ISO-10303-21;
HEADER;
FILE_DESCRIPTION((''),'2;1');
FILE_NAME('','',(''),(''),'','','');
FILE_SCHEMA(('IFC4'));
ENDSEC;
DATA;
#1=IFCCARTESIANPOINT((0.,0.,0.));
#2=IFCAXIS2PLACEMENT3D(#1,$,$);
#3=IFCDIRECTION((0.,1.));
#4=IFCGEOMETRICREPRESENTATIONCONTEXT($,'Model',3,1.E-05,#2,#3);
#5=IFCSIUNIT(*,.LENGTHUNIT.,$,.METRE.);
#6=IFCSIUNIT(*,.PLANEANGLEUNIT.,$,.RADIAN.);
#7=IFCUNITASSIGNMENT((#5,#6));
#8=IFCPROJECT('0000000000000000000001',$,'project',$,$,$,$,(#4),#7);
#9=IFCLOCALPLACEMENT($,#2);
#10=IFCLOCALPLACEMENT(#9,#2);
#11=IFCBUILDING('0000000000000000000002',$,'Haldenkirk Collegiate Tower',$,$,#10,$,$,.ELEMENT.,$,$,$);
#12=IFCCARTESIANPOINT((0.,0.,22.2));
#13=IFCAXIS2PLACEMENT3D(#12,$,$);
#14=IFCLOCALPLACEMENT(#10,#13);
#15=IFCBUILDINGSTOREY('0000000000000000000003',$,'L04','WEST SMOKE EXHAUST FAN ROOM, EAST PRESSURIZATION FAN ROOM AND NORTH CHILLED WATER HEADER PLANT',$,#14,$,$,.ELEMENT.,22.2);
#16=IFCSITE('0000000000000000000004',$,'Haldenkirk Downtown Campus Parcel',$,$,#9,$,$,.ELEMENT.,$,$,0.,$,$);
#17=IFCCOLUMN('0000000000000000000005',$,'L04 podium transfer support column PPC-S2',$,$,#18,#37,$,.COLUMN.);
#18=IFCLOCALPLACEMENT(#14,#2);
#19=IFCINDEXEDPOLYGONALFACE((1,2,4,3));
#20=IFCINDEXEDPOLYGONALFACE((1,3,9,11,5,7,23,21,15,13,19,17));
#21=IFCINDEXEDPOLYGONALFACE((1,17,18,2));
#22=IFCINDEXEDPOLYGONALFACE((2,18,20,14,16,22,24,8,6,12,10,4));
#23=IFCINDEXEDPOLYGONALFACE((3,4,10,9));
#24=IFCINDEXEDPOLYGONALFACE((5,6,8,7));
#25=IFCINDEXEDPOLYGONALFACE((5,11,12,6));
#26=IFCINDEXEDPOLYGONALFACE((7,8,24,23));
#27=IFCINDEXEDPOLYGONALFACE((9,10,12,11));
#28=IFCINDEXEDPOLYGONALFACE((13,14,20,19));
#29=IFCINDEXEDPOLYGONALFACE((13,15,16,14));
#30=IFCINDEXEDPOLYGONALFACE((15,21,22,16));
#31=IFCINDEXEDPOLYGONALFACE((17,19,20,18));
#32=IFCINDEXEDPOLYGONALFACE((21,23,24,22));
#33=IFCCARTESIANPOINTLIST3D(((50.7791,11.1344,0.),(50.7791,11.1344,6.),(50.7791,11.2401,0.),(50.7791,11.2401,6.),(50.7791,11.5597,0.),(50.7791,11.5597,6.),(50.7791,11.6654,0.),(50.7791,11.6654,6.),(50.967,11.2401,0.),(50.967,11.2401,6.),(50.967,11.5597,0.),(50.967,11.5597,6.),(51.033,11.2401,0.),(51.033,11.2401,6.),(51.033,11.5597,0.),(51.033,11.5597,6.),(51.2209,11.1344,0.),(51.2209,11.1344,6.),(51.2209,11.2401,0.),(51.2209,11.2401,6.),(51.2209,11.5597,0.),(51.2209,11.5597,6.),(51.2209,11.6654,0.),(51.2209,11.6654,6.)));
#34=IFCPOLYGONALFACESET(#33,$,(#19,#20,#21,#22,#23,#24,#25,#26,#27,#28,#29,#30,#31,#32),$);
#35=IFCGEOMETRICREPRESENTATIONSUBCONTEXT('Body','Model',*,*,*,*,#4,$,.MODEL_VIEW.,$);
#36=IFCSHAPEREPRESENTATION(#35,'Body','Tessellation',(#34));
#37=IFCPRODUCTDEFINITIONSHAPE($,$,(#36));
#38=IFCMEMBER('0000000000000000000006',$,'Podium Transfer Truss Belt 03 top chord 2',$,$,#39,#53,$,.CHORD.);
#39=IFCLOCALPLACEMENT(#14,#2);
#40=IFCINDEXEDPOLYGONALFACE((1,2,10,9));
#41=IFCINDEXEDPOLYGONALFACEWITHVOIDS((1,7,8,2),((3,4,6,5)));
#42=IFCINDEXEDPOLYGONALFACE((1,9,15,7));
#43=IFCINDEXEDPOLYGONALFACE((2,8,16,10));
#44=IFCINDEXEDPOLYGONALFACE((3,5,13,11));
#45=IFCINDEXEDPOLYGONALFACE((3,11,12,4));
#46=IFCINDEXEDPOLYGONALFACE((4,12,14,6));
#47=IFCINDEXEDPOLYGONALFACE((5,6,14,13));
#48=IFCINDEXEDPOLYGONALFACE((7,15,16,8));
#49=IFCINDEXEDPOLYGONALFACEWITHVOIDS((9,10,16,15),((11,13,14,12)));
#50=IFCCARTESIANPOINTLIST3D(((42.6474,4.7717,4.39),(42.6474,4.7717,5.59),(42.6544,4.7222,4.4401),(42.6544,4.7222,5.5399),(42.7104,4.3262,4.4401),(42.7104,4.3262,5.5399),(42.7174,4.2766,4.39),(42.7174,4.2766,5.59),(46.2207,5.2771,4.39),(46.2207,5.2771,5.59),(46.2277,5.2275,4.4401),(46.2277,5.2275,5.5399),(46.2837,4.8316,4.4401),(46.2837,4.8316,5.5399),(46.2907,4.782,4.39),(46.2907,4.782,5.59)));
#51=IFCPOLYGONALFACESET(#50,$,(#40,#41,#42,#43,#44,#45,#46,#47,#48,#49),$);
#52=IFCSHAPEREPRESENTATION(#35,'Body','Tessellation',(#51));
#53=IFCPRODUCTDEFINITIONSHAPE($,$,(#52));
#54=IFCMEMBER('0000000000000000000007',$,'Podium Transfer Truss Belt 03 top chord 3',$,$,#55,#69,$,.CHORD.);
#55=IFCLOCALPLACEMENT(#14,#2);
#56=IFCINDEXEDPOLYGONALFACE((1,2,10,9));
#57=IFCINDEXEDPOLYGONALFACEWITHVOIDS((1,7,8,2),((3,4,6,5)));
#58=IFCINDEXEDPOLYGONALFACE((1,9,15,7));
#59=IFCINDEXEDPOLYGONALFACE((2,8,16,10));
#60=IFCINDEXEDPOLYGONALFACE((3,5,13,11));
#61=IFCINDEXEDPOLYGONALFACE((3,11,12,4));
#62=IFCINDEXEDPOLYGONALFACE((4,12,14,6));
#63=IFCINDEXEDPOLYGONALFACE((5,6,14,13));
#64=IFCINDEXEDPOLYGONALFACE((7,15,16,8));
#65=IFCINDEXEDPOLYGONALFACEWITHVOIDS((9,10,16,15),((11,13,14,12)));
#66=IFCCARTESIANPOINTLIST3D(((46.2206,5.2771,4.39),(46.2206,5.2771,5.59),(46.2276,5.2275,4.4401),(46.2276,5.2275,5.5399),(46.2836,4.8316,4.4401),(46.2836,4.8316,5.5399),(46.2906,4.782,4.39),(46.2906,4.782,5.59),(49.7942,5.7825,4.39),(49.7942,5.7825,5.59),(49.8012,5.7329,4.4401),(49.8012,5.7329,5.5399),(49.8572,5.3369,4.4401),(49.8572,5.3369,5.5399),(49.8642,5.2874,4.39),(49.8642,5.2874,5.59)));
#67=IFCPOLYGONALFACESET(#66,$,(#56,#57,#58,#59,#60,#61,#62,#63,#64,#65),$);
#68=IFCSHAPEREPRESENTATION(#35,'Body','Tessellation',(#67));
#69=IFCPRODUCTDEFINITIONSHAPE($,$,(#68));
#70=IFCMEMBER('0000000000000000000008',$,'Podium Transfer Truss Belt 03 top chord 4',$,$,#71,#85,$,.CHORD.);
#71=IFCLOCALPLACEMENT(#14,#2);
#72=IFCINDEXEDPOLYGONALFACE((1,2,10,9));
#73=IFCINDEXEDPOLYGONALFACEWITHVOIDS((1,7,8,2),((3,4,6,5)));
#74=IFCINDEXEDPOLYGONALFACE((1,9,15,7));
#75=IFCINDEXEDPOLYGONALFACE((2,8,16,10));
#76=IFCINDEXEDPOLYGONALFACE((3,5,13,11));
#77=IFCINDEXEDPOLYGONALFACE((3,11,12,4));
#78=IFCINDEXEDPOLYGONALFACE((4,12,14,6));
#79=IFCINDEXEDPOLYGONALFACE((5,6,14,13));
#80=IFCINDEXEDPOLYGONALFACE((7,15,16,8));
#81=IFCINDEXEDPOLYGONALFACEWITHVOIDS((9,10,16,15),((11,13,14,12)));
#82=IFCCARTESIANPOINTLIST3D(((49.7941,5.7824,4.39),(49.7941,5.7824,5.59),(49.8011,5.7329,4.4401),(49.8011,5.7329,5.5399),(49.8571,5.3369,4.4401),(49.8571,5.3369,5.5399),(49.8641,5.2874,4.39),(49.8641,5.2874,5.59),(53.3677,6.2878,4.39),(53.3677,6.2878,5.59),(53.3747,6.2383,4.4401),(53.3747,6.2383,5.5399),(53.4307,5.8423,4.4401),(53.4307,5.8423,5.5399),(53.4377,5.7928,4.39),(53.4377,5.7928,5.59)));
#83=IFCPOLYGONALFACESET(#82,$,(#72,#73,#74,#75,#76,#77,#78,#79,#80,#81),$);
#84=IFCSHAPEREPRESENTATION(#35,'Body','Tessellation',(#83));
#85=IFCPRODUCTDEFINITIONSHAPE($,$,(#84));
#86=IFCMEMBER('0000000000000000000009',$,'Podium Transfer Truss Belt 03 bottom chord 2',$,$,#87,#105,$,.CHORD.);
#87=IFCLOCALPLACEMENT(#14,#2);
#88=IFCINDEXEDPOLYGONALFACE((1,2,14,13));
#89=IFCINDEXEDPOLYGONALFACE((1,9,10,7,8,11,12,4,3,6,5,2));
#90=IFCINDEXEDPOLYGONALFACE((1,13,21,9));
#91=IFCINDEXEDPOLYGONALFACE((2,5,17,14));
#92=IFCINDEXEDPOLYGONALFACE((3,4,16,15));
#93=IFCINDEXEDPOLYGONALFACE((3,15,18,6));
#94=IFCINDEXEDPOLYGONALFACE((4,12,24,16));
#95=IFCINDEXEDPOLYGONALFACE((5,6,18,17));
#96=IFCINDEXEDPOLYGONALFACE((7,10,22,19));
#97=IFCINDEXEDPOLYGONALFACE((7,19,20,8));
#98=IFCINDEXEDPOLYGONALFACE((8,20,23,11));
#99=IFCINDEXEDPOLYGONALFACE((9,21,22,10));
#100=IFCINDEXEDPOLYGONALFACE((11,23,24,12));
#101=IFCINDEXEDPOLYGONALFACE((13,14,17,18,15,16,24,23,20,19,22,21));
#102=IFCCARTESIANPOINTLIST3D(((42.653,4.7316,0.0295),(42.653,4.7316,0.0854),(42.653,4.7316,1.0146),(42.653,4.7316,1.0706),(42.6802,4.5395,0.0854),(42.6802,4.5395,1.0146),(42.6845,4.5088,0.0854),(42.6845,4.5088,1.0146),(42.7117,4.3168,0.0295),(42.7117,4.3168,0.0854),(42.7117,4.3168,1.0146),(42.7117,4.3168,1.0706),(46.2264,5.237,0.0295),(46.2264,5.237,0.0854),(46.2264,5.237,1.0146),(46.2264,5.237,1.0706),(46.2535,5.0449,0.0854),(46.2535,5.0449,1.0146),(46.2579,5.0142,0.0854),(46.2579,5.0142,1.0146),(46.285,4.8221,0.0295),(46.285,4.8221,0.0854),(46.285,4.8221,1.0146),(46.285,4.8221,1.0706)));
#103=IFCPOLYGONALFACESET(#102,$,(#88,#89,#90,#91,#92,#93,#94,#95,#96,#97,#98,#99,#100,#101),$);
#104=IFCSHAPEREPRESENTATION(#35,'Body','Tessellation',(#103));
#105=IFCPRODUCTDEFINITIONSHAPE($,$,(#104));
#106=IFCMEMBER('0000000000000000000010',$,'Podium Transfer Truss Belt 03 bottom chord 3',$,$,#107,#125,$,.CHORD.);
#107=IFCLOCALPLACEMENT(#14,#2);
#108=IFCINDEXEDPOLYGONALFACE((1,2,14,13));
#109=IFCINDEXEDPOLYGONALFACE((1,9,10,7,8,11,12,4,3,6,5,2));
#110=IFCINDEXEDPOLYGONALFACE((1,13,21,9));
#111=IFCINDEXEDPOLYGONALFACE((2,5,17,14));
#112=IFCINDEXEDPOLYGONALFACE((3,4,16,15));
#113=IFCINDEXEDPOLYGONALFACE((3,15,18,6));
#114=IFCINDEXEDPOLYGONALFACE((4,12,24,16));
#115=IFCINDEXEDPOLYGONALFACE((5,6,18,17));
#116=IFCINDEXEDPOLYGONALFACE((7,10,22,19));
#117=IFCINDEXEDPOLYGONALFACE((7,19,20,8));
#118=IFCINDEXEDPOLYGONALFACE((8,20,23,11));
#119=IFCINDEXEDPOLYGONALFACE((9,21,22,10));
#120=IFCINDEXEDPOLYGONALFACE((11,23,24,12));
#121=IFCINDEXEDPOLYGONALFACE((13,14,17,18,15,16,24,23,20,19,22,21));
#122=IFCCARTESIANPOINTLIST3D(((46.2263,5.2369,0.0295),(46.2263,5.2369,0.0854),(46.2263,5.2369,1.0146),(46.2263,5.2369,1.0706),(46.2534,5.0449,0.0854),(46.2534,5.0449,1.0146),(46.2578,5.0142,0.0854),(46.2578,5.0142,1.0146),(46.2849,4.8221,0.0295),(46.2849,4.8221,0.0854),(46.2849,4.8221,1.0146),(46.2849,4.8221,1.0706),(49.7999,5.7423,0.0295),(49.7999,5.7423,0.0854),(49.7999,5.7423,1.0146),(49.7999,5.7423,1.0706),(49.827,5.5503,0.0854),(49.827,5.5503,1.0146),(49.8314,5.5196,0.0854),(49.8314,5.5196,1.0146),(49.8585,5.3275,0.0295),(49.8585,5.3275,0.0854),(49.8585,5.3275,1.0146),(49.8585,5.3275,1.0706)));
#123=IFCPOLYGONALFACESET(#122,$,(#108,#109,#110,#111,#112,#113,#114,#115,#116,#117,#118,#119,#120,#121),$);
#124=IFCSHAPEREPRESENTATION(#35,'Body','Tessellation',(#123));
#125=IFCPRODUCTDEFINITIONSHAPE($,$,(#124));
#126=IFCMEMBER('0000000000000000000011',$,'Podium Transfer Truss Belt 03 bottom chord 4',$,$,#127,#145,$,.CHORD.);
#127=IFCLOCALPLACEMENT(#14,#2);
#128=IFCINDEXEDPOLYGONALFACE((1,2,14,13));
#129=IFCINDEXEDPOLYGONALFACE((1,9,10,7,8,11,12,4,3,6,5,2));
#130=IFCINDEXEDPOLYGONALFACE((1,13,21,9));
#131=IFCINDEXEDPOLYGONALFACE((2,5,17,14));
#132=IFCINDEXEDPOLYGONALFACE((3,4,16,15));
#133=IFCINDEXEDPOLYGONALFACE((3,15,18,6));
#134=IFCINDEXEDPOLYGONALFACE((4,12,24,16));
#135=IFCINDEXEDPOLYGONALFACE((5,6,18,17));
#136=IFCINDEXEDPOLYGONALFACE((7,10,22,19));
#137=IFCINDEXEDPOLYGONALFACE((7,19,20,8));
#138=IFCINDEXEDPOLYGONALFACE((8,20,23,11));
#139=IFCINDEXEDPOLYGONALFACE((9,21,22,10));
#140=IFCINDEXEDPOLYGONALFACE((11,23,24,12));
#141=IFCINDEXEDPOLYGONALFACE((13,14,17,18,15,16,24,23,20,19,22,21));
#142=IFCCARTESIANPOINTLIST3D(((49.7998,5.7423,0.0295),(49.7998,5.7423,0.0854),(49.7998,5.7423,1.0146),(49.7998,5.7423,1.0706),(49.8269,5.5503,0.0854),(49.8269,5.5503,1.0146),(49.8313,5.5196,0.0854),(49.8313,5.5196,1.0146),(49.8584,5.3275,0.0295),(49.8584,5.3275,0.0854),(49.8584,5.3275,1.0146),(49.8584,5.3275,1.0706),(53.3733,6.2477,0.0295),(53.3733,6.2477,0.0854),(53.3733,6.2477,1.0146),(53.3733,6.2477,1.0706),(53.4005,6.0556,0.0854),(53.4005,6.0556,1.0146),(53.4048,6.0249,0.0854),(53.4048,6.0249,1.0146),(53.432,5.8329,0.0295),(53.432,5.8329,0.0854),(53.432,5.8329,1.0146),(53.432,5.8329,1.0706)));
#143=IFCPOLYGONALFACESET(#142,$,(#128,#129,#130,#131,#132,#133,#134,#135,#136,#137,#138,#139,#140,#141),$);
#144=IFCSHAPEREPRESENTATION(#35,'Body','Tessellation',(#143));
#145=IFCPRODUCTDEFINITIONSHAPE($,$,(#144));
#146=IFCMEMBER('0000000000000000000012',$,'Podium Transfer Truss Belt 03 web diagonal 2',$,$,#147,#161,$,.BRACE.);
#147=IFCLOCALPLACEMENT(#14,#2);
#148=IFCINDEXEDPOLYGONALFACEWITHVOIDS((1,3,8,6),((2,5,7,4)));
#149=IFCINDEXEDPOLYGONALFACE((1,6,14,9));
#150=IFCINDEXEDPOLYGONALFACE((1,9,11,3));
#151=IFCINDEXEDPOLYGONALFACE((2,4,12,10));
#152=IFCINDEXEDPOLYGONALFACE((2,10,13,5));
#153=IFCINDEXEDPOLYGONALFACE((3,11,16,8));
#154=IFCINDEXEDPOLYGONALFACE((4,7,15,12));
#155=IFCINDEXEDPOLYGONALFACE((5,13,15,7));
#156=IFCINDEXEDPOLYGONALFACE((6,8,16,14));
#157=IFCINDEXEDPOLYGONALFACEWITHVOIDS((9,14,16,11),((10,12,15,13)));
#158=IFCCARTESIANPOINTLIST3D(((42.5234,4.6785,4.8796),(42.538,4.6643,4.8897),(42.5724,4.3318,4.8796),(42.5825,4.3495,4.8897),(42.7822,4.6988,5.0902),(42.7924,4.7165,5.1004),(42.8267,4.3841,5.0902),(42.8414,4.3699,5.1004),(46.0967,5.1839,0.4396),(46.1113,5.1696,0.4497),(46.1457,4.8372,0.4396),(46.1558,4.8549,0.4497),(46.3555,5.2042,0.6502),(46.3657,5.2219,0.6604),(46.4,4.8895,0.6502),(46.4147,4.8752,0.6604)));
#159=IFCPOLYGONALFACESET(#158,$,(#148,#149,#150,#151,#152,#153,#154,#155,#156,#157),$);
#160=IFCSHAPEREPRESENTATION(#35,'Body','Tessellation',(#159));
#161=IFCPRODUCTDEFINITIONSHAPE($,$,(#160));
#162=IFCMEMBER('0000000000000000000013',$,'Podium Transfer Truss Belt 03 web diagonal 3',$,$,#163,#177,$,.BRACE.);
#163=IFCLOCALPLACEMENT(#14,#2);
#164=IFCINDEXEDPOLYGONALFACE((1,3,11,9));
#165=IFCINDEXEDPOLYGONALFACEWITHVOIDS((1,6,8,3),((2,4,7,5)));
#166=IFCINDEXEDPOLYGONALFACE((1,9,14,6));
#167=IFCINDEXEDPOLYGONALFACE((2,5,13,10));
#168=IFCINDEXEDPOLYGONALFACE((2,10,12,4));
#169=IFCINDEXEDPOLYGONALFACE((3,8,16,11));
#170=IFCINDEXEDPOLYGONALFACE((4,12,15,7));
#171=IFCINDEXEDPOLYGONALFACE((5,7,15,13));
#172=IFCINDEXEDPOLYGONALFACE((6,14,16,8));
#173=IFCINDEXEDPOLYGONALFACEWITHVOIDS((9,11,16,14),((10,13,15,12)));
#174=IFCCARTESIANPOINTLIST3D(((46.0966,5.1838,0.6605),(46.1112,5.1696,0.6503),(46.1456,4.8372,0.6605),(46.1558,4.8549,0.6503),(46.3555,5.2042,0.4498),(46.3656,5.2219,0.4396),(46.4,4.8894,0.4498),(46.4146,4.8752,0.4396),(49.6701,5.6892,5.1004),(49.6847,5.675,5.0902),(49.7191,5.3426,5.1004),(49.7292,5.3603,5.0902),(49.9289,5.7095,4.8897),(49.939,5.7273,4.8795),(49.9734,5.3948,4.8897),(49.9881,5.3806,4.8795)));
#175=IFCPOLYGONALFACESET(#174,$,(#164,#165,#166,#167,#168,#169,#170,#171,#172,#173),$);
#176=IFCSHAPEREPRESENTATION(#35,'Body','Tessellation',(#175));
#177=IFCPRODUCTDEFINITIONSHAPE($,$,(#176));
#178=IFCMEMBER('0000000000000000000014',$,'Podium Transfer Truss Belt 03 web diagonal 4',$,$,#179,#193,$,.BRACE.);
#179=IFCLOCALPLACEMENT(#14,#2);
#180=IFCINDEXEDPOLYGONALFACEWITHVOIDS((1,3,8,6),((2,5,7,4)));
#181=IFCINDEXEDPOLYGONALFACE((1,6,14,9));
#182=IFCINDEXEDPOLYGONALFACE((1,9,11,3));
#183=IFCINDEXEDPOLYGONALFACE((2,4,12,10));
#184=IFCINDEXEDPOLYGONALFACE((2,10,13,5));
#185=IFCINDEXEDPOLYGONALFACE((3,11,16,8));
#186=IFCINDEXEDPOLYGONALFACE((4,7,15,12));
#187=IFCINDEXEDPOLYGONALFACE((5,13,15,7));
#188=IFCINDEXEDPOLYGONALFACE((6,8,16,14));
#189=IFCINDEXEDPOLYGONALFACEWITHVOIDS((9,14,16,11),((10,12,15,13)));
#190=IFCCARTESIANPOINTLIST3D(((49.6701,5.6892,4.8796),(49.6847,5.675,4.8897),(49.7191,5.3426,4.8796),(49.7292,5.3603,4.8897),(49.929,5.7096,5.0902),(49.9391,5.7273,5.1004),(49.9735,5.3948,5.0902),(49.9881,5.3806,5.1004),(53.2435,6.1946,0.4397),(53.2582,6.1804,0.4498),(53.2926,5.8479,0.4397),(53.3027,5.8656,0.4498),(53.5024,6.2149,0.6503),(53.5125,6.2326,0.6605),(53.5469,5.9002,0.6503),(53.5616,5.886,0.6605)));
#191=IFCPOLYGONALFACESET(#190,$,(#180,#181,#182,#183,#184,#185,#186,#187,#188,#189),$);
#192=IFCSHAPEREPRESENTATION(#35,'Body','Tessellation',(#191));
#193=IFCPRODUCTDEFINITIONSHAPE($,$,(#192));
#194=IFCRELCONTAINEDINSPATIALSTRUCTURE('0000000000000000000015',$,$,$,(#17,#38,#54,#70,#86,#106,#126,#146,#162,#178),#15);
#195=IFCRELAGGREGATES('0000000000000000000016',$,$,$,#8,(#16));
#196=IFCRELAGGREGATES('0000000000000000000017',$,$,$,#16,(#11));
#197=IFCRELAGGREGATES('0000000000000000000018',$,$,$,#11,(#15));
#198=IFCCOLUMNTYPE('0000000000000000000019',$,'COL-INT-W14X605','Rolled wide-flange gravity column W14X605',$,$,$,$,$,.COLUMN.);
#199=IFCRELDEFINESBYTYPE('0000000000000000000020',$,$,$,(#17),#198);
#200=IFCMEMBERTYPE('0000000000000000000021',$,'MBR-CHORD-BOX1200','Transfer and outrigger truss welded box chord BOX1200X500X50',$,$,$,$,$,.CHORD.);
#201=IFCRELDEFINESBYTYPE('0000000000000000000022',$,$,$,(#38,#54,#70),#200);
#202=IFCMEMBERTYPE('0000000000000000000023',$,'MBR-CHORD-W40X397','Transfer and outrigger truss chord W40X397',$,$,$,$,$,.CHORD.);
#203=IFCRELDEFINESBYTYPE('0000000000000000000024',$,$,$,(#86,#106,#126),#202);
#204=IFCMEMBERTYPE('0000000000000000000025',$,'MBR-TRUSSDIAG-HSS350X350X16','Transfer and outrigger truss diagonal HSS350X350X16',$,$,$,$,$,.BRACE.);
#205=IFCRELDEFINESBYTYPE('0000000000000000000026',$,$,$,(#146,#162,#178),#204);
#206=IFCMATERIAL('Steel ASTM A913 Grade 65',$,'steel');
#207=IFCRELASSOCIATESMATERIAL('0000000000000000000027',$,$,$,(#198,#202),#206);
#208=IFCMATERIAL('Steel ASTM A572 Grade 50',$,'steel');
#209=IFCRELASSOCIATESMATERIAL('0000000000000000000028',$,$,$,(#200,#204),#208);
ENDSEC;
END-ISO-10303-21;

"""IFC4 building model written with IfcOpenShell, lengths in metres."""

from ifc_helpers import new_model, si_unit, direction, frame, origin, origin_2d, place, context, subcontext, project, spatial, hollow_rectangle, i_section, extrude, material, material_profile, profile_set, type_object, element, save


model = new_model("IFC4")

# Units and contexts
model_context = context("Model", 3, precision=1e-05, world=origin(), true_north=direction((0.0, 1.0)))
body_context = subcontext(model_context, "Body", "Model", "MODEL_VIEW")
ifc_project = project(units=[si_unit("LENGTHUNIT", "METRE"), si_unit("PLANEANGLEUNIT", "RADIAN")], contexts=[model_context])

# Site, building, storey
site_placement = place(None, origin())
site = spatial("IfcSite", under=ifc_project, at=site_placement, Name="Haldenkirk Downtown Campus Parcel", CompositionType="ELEMENT", RefElevation=0.0)
building_placement = place(site_placement, origin())
building = spatial("IfcBuilding", under=site, at=building_placement, Name="Haldenkirk Collegiate Tower", CompositionType="ELEMENT")
storey_placement = place(building_placement, frame((0.0, 0.0, 22.2)))
storey = spatial("IfcBuildingStorey", under=building, at=storey_placement, Name="L04", Description="WEST SMOKE EXHAUST FAN ROOM, EAST PRESSURIZATION FAN ROOM AND NORTH CHILLED WATER HEADER PLANT", CompositionType="ELEMENT", Elevation=22.2)

# Column
ifc_material_1 = material(Name="Steel ASTM A913 Grade 65", Category="steel")
ifc_material_profile_1 = material_profile(ifc_material_1, i_section(OverallWidth=0.4419, OverallDepth=0.531, WebThickness=0.0659, FlangeThickness=0.1057, at=origin_2d()), Name="W14X605")
ifc_profile_set_1 = profile_set([ifc_material_profile_1], Name="Steel ASTM A913 Grade 65")
column_type = type_object("IfcColumnType", Name="COL-INT-W14X605", Description="Rolled wide-flange gravity column W14X605", PredefinedType="COLUMN", material=ifc_profile_set_1)
column_placement = place(storey_placement, frame((51.0, 11.3999, 0.0), z_axis=(0.0, 0.0, 1.0), x_axis=(1.0, 0.0, 0.0)))
element("IfcColumn", 1, at=column_placement, inside=storey, type_object=column_type, Name="L04 podium transfer support column PPC-S2", PredefinedType="COLUMN", context=body_context, shape_type="SweptSolid", body=[
    extrude(i_section(OverallWidth=0.4419, OverallDepth=0.531, WebThickness=0.0659, FlangeThickness=0.1057, at=origin_2d()), origin(), (0.0, 0.0, 1.0), 6.0),
])

# Members
ifc_material_2 = material(Name="Steel ASTM A572 Grade 50", Category="steel")
ifc_material_profile_2 = material_profile(ifc_material_2, hollow_rectangle(XDim=0.5, YDim=1.2, WallThickness=0.05, at=origin_2d()), Name="BOX1200X500X50")
ifc_profile_set_2 = profile_set([ifc_material_profile_2], Name="Steel ASTM A572 Grade 50")
member_type_1 = type_object("IfcMemberType", Name="MBR-CHORD-BOX1200", Description="Transfer and outrigger truss welded box chord BOX1200X500X50", PredefinedType="CHORD", material=ifc_profile_set_2)
member_1_placement = place(storey_placement, frame((42.6824, 4.5242, 4.99), z_axis=(0.990146, 0.140038, 0.0), x_axis=(-0.140038, 0.990146, 0.0)))
element("IfcMember", 2, at=member_1_placement, inside=storey, type_object=member_type_1, Name="Podium Transfer Truss Belt 03 top chord 2", PredefinedType="CHORD", context=body_context, shape_type="SweptSolid", body=[
    extrude(hollow_rectangle(XDim=0.5, YDim=1.2, WallThickness=0.05, at=origin_2d()), origin(), (0.0, 0.0, 1.0), 3.6089),
])
for number, where, z_axis, x_axis, name in (
    (3, (46.2556, 5.0295, 4.99), (0.990147, 0.140029, 0.0), (-0.140029, 0.990147, 0.0), "Podium Transfer Truss Belt 03 top chord 3"),
    (4, (49.8291, 5.5349, 4.99), (0.990147, 0.140029, 0.0), (-0.140029, 0.990147, 0.0), "Podium Transfer Truss Belt 03 top chord 4"),
):
    element("IfcMember", number, at=place(storey_placement, frame(where, z_axis=z_axis, x_axis=x_axis)), inside=storey, type_object=member_type_1, Name=name, PredefinedType="CHORD", context=body_context, shape_type="SweptSolid", body=[
        extrude(hollow_rectangle(XDim=0.5, YDim=1.2, WallThickness=0.05, at=origin_2d()), origin(), (0.0, 0.0, 1.0), 3.6091),
    ])
ifc_material_profile_3 = material_profile(ifc_material_1, i_section(OverallWidth=0.4189, OverallDepth=1.041, WebThickness=0.031, FlangeThickness=0.0559, at=origin_2d()), Name="W40X397")
ifc_profile_set_3 = profile_set([ifc_material_profile_3], Name="Steel ASTM A913 Grade 65")
member_type_2 = type_object("IfcMemberType", Name="MBR-CHORD-W40X397", Description="Transfer and outrigger truss chord W40X397", PredefinedType="CHORD", material=ifc_profile_set_3)
member_2_placement = place(storey_placement, frame((42.6824, 4.5242, 0.55), z_axis=(0.990146, 0.140038, 0.0), x_axis=(-0.140038, 0.990146, 0.0)))
element("IfcMember", 5, at=member_2_placement, inside=storey, type_object=member_type_2, Name="Podium Transfer Truss Belt 03 bottom chord 2", PredefinedType="CHORD", context=body_context, shape_type="SweptSolid", body=[
    extrude(i_section(OverallWidth=0.4189, OverallDepth=1.041, WebThickness=0.031, FlangeThickness=0.0559, at=origin_2d()), origin(), (0.0, 0.0, 1.0), 3.6089),
])
for number, where, z_axis, x_axis, name in (
    (6, (46.2556, 5.0295, 0.55), (0.990147, 0.140029, 0.0), (-0.140029, 0.990147, 0.0), "Podium Transfer Truss Belt 03 bottom chord 3"),
    (7, (49.8291, 5.5349, 0.55), (0.990147, 0.140029, 0.0), (-0.140029, 0.990147, 0.0), "Podium Transfer Truss Belt 03 bottom chord 4"),
):
    element("IfcMember", number, at=place(storey_placement, frame(where, z_axis=z_axis, x_axis=x_axis)), inside=storey, type_object=member_type_2, Name=name, PredefinedType="CHORD", context=body_context, shape_type="SweptSolid", body=[
        extrude(i_section(OverallWidth=0.4189, OverallDepth=1.041, WebThickness=0.031, FlangeThickness=0.0559, at=origin_2d()), origin(), (0.0, 0.0, 1.0), 3.6091),
    ])
ifc_material_profile_4 = material_profile(ifc_material_2, hollow_rectangle(XDim=0.3501, YDim=0.3501, WallThickness=0.0161, at=origin_2d()), Name="HSS350X350X16")
ifc_profile_set_4 = profile_set([ifc_material_profile_4], Name="Steel ASTM A572 Grade 50")
member_type_3 = type_object("IfcMemberType", Name="MBR-TRUSSDIAG-HSS350X350X16", Description="Transfer and outrigger truss diagonal HSS350X350X16", PredefinedType="BRACE", material=ifc_profile_set_4)
for number, where, z_axis, x_axis, name in (
    (8, (42.6824, 4.5242, 4.99), (0.62452, 0.088327, -0.775998), (-0.140038, 0.990146, 0.0), "Podium Transfer Truss Belt 03 web diagonal 2"),
    (9, (46.2556, 5.0295, 0.55), (0.624546, 0.088325, 0.775978), (-0.140029, 0.990147, 0.0), "Podium Transfer Truss Belt 03 web diagonal 3"),
    (10, (49.8291, 5.5349, 4.99), (0.624546, 0.088325, -0.775978), (-0.140029, 0.990147, 0.0), "Podium Transfer Truss Belt 03 web diagonal 4"),
):
    element("IfcMember", number, at=place(storey_placement, frame(where, z_axis=z_axis, x_axis=x_axis)), inside=storey, type_object=member_type_3, Name=name, PredefinedType="BRACE", context=body_context, shape_type="SweptSolid", body=[
        extrude(hollow_rectangle(XDim=0.3501, YDim=0.3501, WallThickness=0.0161, at=origin_2d()), origin(), (0.0, 0.0, 1.0), 5.7217),
    ])

save(model, "model.ifc")
